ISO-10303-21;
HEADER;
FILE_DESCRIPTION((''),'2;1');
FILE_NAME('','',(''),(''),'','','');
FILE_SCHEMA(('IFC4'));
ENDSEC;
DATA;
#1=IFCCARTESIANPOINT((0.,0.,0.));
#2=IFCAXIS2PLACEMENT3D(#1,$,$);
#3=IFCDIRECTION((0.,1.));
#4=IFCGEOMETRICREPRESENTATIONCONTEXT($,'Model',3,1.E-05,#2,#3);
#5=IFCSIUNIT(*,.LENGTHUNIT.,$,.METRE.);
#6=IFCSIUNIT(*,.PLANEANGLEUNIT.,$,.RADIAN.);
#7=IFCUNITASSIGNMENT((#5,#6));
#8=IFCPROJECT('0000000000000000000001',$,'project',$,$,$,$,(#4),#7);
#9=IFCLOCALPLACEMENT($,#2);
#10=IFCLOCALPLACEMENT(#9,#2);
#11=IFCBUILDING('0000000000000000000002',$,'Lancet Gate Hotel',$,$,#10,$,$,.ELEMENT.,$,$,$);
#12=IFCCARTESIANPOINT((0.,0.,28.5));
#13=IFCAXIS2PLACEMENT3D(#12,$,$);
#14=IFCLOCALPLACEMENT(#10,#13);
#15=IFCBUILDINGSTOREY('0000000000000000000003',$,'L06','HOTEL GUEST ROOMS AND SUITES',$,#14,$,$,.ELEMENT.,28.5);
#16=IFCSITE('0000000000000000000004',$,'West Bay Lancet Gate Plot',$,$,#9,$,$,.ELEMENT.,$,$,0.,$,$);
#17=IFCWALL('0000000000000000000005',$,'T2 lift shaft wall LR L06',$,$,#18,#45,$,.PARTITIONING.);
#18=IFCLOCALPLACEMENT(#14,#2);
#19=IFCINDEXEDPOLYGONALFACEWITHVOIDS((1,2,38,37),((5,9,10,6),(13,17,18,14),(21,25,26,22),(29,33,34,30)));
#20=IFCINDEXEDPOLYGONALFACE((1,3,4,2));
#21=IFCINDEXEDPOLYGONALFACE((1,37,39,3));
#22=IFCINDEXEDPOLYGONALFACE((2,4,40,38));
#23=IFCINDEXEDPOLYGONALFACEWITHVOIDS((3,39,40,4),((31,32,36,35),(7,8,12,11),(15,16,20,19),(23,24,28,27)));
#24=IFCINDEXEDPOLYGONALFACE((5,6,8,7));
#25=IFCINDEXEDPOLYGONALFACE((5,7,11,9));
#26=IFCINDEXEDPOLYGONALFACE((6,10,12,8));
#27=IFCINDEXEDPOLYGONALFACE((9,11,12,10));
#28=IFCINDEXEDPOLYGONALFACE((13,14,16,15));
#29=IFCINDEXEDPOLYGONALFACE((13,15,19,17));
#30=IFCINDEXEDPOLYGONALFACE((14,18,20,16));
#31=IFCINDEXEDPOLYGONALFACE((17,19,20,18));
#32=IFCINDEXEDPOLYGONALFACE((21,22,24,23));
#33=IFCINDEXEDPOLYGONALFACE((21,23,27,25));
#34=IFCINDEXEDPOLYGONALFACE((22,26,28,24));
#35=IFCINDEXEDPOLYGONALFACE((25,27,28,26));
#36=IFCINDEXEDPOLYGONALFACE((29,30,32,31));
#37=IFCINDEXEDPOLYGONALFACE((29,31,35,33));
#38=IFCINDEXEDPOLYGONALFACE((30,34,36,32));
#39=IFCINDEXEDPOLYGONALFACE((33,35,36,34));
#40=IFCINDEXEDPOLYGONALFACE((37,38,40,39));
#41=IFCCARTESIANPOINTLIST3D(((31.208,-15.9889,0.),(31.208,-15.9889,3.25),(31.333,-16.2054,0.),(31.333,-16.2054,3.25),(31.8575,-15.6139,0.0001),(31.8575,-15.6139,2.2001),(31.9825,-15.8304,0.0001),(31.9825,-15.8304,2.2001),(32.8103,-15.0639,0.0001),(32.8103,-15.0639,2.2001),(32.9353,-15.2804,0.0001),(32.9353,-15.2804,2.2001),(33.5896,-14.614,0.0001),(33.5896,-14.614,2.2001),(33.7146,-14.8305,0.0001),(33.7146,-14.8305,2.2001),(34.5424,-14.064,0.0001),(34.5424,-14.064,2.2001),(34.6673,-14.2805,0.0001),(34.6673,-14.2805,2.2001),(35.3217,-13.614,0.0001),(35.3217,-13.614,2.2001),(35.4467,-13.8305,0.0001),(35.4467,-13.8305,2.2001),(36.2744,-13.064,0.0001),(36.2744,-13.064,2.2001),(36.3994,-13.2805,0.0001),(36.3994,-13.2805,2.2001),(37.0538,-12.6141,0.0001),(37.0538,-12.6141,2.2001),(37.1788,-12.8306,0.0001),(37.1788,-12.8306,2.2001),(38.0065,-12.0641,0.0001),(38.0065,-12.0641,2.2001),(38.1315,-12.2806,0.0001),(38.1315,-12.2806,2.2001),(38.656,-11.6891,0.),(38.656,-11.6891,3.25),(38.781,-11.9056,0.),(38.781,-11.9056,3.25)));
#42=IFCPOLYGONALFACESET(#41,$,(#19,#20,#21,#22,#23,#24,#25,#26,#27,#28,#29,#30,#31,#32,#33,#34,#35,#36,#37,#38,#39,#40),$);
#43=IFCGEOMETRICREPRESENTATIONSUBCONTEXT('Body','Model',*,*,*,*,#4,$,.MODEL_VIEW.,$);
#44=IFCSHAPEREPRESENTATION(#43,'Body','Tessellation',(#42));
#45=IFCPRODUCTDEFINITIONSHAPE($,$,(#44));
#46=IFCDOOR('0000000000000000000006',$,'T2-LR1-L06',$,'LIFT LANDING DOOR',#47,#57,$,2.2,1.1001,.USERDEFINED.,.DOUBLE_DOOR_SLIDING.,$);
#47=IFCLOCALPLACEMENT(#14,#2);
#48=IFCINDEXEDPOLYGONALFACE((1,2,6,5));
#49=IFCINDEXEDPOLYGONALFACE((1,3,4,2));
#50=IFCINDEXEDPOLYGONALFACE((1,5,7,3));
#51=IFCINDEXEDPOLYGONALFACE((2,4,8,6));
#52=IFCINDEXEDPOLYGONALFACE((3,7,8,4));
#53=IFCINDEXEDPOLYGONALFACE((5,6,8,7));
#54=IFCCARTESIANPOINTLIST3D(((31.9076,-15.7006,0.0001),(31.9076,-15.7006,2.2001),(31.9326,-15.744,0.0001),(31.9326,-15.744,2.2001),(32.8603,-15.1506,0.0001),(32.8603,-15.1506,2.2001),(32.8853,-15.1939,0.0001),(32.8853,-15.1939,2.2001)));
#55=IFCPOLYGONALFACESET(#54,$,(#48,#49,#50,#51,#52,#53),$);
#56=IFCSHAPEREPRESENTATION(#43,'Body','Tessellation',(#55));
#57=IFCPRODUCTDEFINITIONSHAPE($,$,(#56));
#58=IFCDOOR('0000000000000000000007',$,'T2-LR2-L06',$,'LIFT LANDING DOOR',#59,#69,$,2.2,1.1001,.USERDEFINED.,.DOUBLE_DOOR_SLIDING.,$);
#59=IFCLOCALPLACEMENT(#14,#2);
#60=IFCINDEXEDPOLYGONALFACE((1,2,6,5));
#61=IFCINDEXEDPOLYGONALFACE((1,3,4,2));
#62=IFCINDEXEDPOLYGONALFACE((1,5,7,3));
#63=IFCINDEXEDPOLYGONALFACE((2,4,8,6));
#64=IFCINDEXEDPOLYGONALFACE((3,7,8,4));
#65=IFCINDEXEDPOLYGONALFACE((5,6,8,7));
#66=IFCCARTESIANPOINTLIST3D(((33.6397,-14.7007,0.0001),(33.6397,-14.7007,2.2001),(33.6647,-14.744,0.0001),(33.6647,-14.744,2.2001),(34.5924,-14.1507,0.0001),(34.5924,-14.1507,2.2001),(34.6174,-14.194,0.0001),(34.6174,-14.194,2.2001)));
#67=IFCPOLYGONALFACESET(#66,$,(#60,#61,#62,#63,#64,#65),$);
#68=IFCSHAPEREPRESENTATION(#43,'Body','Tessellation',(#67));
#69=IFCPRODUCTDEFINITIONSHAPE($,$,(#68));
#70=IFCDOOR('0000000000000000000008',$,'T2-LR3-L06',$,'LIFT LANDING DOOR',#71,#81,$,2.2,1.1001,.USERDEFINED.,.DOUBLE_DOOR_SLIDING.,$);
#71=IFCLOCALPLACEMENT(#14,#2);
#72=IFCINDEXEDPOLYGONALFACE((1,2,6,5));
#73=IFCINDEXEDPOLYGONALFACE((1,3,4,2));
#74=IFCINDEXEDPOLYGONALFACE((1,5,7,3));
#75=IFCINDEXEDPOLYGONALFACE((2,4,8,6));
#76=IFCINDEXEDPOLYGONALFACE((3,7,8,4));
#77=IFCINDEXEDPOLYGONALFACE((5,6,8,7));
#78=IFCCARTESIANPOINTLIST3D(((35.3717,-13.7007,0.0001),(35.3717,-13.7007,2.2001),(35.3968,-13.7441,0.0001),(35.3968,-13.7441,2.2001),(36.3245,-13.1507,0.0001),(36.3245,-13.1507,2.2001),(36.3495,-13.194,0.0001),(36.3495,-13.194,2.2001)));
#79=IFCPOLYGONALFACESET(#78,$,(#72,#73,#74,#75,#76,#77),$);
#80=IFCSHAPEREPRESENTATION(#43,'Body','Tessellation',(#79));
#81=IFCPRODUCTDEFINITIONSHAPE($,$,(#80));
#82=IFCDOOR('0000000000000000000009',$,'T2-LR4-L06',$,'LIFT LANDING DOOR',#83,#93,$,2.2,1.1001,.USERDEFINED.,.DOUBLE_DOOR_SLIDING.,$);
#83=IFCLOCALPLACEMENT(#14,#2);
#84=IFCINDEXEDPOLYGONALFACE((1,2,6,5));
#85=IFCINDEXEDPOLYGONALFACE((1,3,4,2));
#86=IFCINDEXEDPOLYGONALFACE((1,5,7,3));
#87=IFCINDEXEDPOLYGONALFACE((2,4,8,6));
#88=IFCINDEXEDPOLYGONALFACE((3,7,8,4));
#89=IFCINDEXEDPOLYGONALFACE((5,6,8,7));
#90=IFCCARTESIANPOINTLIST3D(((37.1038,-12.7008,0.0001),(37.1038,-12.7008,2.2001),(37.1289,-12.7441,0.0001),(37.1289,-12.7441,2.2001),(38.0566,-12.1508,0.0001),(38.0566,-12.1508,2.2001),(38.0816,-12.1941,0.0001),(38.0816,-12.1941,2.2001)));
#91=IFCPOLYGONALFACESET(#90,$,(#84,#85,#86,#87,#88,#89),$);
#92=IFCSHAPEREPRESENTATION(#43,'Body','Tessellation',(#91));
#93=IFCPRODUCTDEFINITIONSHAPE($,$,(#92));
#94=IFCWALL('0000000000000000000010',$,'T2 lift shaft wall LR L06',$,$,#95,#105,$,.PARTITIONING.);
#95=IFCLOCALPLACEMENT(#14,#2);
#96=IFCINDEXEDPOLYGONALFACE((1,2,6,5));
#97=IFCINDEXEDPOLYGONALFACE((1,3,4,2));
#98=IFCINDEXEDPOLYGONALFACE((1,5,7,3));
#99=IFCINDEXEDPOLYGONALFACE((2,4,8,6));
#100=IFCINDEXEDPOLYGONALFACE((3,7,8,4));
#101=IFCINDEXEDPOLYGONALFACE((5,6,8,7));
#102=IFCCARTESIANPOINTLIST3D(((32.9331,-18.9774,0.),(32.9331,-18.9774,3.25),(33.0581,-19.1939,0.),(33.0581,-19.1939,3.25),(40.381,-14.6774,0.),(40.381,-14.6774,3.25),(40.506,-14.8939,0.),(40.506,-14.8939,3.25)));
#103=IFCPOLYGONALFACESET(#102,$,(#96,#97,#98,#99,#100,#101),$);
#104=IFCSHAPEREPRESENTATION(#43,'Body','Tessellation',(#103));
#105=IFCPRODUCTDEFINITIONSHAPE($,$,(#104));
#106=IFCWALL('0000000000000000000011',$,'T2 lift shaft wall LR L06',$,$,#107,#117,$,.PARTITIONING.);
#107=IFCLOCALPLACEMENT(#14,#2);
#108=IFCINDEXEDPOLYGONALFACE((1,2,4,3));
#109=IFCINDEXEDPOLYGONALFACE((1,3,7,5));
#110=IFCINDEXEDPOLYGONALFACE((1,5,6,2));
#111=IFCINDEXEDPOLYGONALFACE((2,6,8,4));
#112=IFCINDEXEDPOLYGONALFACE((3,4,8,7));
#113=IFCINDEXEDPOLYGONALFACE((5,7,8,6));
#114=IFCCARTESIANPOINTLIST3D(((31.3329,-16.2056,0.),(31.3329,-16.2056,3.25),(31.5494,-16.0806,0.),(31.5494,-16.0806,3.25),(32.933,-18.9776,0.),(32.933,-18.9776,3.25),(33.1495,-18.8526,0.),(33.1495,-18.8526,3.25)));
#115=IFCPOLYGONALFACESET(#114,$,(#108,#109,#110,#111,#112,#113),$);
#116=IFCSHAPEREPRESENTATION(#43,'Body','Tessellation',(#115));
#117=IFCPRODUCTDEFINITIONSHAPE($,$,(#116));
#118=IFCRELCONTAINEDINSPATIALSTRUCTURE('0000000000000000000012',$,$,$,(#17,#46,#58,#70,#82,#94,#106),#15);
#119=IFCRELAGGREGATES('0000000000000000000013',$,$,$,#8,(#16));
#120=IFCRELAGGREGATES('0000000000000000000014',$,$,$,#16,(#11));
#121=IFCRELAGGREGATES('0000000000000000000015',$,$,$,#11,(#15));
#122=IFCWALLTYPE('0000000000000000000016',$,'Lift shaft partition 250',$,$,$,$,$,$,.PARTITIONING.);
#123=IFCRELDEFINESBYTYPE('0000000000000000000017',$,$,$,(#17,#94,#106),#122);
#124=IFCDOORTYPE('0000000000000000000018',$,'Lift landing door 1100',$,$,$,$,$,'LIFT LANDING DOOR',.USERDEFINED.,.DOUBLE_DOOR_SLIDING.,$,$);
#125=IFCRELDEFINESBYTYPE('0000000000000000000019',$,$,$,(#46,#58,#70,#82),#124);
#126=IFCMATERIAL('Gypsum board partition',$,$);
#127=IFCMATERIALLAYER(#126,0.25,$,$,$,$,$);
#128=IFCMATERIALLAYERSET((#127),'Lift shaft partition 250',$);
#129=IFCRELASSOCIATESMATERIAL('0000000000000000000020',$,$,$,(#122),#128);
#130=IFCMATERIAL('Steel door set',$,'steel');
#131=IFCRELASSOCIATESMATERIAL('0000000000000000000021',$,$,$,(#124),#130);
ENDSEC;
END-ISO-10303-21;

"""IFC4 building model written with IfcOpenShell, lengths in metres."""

from ifc_helpers import new_model, si_unit, direction, frame, frame_2d, origin, place, context, subcontext, project, spatial, rectangle, extrude, material, layer, layer_set, type_object, element, fill, save


model = new_model("IFC4")

# Units and contexts
model_context = context("Model", 3, precision=1e-05, world=origin(), true_north=direction((0.0, 1.0)))
body_context = subcontext(model_context, "Body", "Model", "MODEL_VIEW")
ifc_project = project(units=[si_unit("LENGTHUNIT", "METRE"), si_unit("PLANEANGLEUNIT", "RADIAN")], contexts=[model_context])

# Site, building, storey
site_placement = place(None, origin())
site = spatial("IfcSite", under=ifc_project, at=site_placement, Name="West Bay Lancet Gate Plot", CompositionType="ELEMENT", RefElevation=0.0)
building_placement = place(site_placement, origin())
building = spatial("IfcBuilding", under=site, at=building_placement, Name="Lancet Gate Hotel", CompositionType="ELEMENT")
storey_placement = place(building_placement, frame((0.0, 0.0, 28.5)))
storey = spatial("IfcBuildingStorey", under=building, at=storey_placement, Name="L06", Description="HOTEL GUEST ROOMS AND SUITES", CompositionType="ELEMENT", Elevation=28.5)

# Wall, openings, doors
ifc_material_1 = material(Name="Gypsum board partition")
ifc_layer_1 = layer(ifc_material_1, 0.25)
ifc_layer_set_1 = layer_set([ifc_layer_1], Name="Lift shaft partition 250")
wall_type = type_object("IfcWallType", Name="Lift shaft partition 250", PredefinedType="PARTITIONING", material=ifc_layer_set_1)
wall_1_placement = place(storey_placement, frame((31.2705, -16.0972, 0.0), z_axis=(0.0, 0.0, 1.0), x_axis=(0.86604, 0.499974, 0.0)))
wall_1 = element("IfcWall", 1, at=wall_1_placement, inside=storey, type_object=wall_type, Name="T2 lift shaft wall LR L06", PredefinedType="PARTITIONING", context=body_context, shape_type="SweptSolid", body=[
    extrude(rectangle(XDim=8.6001, YDim=0.25, at=frame_2d((4.3, 0.0))), origin(), (0.0, 0.0, 1.0), 3.25),
])
opening_1_placement = place(wall_1_placement, frame((0.75, 0.0, 0.0)))
opening_1 = element("IfcOpeningElement", 2, at=opening_1_placement, cuts=wall_1, PredefinedType="OPENING", context=body_context, shape_type="SweptSolid", body=[
    extrude(rectangle(XDim=1.1001, YDim=2.2, at=frame_2d((0.55, 1.1001))), frame((0.0, 0.135, 0.0), z_axis=(0.0, -1.0, 0.0), x_axis=(1.0, 0.0, 0.0)), (0.0, 0.0, 1.0), 0.27),
])
opening_2_placement = place(wall_1_placement, frame((2.75, 0.0, 0.0)))
opening_2 = element("IfcOpeningElement", 3, at=opening_2_placement, cuts=wall_1, PredefinedType="OPENING", context=body_context, shape_type="SweptSolid", body=[
    extrude(rectangle(XDim=1.1001, YDim=2.2, at=frame_2d((0.55, 1.1001))), frame((0.0, 0.135, 0.0), z_axis=(0.0, -1.0, 0.0), x_axis=(1.0, 0.0, 0.0)), (0.0, 0.0, 1.0), 0.27),
])
opening_3_placement = place(wall_1_placement, frame((4.75, 0.0, 0.0)))
opening_3 = element("IfcOpeningElement", 4, at=opening_3_placement, cuts=wall_1, PredefinedType="OPENING", context=body_context, shape_type="SweptSolid", body=[
    extrude(rectangle(XDim=1.1001, YDim=2.2, at=frame_2d((0.55, 1.1001))), frame((0.0, 0.135, 0.0), z_axis=(0.0, -1.0, 0.0), x_axis=(1.0, 0.0, 0.0)), (0.0, 0.0, 1.0), 0.27),
])
opening_4_placement = place(wall_1_placement, frame((6.75, 0.0, 0.0)))
opening_4 = element("IfcOpeningElement", 5, at=opening_4_placement, cuts=wall_1, PredefinedType="OPENING", context=body_context, shape_type="SweptSolid", body=[
    extrude(rectangle(XDim=1.1001, YDim=2.2, at=frame_2d((0.55, 1.1001))), frame((0.0, 0.135, 0.0), z_axis=(0.0, -1.0, 0.0), x_axis=(1.0, 0.0, 0.0)), (0.0, 0.0, 1.0), 0.27),
])
ifc_material_2 = material(Name="Steel door set", Category="steel")
door_type = type_object("IfcDoorType", Name="Lift landing door 1100", ElementType="LIFT LANDING DOOR", OperationType="DOUBLE_DOOR_SLIDING", PredefinedType="USERDEFINED", material=ifc_material_2)
door_1_placement = place(opening_1_placement, origin())
door_1 = element("IfcDoor", 6, at=door_1_placement, inside=storey, type_object=door_type, Name="T2-LR1-L06", ObjectType="LIFT LANDING DOOR", OperationType="DOUBLE_DOOR_SLIDING", OverallHeight=2.2, OverallWidth=1.1001, PredefinedType="USERDEFINED", context=body_context, shape_type="SweptSolid", body=[
    extrude(rectangle(XDim=1.1001, YDim=2.2, at=frame_2d((0.55, 1.1001))), frame((0.0, 0.0249, 0.0), z_axis=(0.0, -1.0, 0.0), x_axis=(1.0, 0.0, 0.0)), (0.0, 0.0, 1.0), 0.05),
])
fill(opening_1, door_1)
door_2_placement = place(opening_2_placement, origin())
door_2 = element("IfcDoor", 7, at=door_2_placement, inside=storey, type_object=door_type, Name="T2-LR2-L06", ObjectType="LIFT LANDING DOOR", OperationType="DOUBLE_DOOR_SLIDING", OverallHeight=2.2, OverallWidth=1.1001, PredefinedType="USERDEFINED", context=body_context, shape_type="SweptSolid", body=[
    extrude(rectangle(XDim=1.1001, YDim=2.2, at=frame_2d((0.55, 1.1001))), frame((0.0, 0.0249, 0.0), z_axis=(0.0, -1.0, 0.0), x_axis=(1.0, 0.0, 0.0)), (0.0, 0.0, 1.0), 0.05),
])
fill(opening_2, door_2)
door_3_placement = place(opening_3_placement, origin())
door_3 = element("IfcDoor", 8, at=door_3_placement, inside=storey, type_object=door_type, Name="T2-LR3-L06", ObjectType="LIFT LANDING DOOR", OperationType="DOUBLE_DOOR_SLIDING", OverallHeight=2.2, OverallWidth=1.1001, PredefinedType="USERDEFINED", context=body_context, shape_type="SweptSolid", body=[
    extrude(rectangle(XDim=1.1001, YDim=2.2, at=frame_2d((0.55, 1.1001))), frame((0.0, 0.0249, 0.0), z_axis=(0.0, -1.0, 0.0), x_axis=(1.0, 0.0, 0.0)), (0.0, 0.0, 1.0), 0.05),
])
fill(opening_3, door_3)
door_4_placement = place(opening_4_placement, origin())
door_4 = element("IfcDoor", 9, at=door_4_placement, inside=storey, type_object=door_type, Name="T2-LR4-L06", ObjectType="LIFT LANDING DOOR", OperationType="DOUBLE_DOOR_SLIDING", OverallHeight=2.2, OverallWidth=1.1001, PredefinedType="USERDEFINED", context=body_context, shape_type="SweptSolid", body=[
    extrude(rectangle(XDim=1.1001, YDim=2.2, at=frame_2d((0.55, 1.1001))), frame((0.0, 0.0249, 0.0), z_axis=(0.0, -1.0, 0.0), x_axis=(1.0, 0.0, 0.0)), (0.0, 0.0, 1.0), 0.05),
])
fill(opening_4, door_4)

# Walls
wall_2_placement = place(storey_placement, frame((32.9956, -19.0857, 0.0), z_axis=(0.0, 0.0, 1.0), x_axis=(0.866028, 0.499995, 0.0)))
element("IfcWall", 10, at=wall_2_placement, inside=storey, type_object=wall_type, Name="T2 lift shaft wall LR L06", PredefinedType="PARTITIONING", context=body_context, shape_type="SweptSolid", body=[
    extrude(rectangle(XDim=8.6001, YDim=0.25, at=frame_2d((4.3, 0.0))), origin(), (0.0, 0.0, 1.0), 3.25),
])
wall_3_placement = place(storey_placement, frame((31.4412, -16.1431, 0.0), z_axis=(0.0, 0.0, 1.0), x_axis=(0.499929, -0.866066, 0.0)))
element("IfcWall", 11, at=wall_3_placement, inside=storey, type_object=wall_type, Name="T2 lift shaft wall LR L06", PredefinedType="PARTITIONING", context=body_context, shape_type="SweptSolid", body=[
    extrude(rectangle(XDim=3.2007, YDim=0.25, at=frame_2d((1.6003, 0.0))), origin(), (0.0, 0.0, 1.0), 3.25),
])

save(model, "model.ifc")
